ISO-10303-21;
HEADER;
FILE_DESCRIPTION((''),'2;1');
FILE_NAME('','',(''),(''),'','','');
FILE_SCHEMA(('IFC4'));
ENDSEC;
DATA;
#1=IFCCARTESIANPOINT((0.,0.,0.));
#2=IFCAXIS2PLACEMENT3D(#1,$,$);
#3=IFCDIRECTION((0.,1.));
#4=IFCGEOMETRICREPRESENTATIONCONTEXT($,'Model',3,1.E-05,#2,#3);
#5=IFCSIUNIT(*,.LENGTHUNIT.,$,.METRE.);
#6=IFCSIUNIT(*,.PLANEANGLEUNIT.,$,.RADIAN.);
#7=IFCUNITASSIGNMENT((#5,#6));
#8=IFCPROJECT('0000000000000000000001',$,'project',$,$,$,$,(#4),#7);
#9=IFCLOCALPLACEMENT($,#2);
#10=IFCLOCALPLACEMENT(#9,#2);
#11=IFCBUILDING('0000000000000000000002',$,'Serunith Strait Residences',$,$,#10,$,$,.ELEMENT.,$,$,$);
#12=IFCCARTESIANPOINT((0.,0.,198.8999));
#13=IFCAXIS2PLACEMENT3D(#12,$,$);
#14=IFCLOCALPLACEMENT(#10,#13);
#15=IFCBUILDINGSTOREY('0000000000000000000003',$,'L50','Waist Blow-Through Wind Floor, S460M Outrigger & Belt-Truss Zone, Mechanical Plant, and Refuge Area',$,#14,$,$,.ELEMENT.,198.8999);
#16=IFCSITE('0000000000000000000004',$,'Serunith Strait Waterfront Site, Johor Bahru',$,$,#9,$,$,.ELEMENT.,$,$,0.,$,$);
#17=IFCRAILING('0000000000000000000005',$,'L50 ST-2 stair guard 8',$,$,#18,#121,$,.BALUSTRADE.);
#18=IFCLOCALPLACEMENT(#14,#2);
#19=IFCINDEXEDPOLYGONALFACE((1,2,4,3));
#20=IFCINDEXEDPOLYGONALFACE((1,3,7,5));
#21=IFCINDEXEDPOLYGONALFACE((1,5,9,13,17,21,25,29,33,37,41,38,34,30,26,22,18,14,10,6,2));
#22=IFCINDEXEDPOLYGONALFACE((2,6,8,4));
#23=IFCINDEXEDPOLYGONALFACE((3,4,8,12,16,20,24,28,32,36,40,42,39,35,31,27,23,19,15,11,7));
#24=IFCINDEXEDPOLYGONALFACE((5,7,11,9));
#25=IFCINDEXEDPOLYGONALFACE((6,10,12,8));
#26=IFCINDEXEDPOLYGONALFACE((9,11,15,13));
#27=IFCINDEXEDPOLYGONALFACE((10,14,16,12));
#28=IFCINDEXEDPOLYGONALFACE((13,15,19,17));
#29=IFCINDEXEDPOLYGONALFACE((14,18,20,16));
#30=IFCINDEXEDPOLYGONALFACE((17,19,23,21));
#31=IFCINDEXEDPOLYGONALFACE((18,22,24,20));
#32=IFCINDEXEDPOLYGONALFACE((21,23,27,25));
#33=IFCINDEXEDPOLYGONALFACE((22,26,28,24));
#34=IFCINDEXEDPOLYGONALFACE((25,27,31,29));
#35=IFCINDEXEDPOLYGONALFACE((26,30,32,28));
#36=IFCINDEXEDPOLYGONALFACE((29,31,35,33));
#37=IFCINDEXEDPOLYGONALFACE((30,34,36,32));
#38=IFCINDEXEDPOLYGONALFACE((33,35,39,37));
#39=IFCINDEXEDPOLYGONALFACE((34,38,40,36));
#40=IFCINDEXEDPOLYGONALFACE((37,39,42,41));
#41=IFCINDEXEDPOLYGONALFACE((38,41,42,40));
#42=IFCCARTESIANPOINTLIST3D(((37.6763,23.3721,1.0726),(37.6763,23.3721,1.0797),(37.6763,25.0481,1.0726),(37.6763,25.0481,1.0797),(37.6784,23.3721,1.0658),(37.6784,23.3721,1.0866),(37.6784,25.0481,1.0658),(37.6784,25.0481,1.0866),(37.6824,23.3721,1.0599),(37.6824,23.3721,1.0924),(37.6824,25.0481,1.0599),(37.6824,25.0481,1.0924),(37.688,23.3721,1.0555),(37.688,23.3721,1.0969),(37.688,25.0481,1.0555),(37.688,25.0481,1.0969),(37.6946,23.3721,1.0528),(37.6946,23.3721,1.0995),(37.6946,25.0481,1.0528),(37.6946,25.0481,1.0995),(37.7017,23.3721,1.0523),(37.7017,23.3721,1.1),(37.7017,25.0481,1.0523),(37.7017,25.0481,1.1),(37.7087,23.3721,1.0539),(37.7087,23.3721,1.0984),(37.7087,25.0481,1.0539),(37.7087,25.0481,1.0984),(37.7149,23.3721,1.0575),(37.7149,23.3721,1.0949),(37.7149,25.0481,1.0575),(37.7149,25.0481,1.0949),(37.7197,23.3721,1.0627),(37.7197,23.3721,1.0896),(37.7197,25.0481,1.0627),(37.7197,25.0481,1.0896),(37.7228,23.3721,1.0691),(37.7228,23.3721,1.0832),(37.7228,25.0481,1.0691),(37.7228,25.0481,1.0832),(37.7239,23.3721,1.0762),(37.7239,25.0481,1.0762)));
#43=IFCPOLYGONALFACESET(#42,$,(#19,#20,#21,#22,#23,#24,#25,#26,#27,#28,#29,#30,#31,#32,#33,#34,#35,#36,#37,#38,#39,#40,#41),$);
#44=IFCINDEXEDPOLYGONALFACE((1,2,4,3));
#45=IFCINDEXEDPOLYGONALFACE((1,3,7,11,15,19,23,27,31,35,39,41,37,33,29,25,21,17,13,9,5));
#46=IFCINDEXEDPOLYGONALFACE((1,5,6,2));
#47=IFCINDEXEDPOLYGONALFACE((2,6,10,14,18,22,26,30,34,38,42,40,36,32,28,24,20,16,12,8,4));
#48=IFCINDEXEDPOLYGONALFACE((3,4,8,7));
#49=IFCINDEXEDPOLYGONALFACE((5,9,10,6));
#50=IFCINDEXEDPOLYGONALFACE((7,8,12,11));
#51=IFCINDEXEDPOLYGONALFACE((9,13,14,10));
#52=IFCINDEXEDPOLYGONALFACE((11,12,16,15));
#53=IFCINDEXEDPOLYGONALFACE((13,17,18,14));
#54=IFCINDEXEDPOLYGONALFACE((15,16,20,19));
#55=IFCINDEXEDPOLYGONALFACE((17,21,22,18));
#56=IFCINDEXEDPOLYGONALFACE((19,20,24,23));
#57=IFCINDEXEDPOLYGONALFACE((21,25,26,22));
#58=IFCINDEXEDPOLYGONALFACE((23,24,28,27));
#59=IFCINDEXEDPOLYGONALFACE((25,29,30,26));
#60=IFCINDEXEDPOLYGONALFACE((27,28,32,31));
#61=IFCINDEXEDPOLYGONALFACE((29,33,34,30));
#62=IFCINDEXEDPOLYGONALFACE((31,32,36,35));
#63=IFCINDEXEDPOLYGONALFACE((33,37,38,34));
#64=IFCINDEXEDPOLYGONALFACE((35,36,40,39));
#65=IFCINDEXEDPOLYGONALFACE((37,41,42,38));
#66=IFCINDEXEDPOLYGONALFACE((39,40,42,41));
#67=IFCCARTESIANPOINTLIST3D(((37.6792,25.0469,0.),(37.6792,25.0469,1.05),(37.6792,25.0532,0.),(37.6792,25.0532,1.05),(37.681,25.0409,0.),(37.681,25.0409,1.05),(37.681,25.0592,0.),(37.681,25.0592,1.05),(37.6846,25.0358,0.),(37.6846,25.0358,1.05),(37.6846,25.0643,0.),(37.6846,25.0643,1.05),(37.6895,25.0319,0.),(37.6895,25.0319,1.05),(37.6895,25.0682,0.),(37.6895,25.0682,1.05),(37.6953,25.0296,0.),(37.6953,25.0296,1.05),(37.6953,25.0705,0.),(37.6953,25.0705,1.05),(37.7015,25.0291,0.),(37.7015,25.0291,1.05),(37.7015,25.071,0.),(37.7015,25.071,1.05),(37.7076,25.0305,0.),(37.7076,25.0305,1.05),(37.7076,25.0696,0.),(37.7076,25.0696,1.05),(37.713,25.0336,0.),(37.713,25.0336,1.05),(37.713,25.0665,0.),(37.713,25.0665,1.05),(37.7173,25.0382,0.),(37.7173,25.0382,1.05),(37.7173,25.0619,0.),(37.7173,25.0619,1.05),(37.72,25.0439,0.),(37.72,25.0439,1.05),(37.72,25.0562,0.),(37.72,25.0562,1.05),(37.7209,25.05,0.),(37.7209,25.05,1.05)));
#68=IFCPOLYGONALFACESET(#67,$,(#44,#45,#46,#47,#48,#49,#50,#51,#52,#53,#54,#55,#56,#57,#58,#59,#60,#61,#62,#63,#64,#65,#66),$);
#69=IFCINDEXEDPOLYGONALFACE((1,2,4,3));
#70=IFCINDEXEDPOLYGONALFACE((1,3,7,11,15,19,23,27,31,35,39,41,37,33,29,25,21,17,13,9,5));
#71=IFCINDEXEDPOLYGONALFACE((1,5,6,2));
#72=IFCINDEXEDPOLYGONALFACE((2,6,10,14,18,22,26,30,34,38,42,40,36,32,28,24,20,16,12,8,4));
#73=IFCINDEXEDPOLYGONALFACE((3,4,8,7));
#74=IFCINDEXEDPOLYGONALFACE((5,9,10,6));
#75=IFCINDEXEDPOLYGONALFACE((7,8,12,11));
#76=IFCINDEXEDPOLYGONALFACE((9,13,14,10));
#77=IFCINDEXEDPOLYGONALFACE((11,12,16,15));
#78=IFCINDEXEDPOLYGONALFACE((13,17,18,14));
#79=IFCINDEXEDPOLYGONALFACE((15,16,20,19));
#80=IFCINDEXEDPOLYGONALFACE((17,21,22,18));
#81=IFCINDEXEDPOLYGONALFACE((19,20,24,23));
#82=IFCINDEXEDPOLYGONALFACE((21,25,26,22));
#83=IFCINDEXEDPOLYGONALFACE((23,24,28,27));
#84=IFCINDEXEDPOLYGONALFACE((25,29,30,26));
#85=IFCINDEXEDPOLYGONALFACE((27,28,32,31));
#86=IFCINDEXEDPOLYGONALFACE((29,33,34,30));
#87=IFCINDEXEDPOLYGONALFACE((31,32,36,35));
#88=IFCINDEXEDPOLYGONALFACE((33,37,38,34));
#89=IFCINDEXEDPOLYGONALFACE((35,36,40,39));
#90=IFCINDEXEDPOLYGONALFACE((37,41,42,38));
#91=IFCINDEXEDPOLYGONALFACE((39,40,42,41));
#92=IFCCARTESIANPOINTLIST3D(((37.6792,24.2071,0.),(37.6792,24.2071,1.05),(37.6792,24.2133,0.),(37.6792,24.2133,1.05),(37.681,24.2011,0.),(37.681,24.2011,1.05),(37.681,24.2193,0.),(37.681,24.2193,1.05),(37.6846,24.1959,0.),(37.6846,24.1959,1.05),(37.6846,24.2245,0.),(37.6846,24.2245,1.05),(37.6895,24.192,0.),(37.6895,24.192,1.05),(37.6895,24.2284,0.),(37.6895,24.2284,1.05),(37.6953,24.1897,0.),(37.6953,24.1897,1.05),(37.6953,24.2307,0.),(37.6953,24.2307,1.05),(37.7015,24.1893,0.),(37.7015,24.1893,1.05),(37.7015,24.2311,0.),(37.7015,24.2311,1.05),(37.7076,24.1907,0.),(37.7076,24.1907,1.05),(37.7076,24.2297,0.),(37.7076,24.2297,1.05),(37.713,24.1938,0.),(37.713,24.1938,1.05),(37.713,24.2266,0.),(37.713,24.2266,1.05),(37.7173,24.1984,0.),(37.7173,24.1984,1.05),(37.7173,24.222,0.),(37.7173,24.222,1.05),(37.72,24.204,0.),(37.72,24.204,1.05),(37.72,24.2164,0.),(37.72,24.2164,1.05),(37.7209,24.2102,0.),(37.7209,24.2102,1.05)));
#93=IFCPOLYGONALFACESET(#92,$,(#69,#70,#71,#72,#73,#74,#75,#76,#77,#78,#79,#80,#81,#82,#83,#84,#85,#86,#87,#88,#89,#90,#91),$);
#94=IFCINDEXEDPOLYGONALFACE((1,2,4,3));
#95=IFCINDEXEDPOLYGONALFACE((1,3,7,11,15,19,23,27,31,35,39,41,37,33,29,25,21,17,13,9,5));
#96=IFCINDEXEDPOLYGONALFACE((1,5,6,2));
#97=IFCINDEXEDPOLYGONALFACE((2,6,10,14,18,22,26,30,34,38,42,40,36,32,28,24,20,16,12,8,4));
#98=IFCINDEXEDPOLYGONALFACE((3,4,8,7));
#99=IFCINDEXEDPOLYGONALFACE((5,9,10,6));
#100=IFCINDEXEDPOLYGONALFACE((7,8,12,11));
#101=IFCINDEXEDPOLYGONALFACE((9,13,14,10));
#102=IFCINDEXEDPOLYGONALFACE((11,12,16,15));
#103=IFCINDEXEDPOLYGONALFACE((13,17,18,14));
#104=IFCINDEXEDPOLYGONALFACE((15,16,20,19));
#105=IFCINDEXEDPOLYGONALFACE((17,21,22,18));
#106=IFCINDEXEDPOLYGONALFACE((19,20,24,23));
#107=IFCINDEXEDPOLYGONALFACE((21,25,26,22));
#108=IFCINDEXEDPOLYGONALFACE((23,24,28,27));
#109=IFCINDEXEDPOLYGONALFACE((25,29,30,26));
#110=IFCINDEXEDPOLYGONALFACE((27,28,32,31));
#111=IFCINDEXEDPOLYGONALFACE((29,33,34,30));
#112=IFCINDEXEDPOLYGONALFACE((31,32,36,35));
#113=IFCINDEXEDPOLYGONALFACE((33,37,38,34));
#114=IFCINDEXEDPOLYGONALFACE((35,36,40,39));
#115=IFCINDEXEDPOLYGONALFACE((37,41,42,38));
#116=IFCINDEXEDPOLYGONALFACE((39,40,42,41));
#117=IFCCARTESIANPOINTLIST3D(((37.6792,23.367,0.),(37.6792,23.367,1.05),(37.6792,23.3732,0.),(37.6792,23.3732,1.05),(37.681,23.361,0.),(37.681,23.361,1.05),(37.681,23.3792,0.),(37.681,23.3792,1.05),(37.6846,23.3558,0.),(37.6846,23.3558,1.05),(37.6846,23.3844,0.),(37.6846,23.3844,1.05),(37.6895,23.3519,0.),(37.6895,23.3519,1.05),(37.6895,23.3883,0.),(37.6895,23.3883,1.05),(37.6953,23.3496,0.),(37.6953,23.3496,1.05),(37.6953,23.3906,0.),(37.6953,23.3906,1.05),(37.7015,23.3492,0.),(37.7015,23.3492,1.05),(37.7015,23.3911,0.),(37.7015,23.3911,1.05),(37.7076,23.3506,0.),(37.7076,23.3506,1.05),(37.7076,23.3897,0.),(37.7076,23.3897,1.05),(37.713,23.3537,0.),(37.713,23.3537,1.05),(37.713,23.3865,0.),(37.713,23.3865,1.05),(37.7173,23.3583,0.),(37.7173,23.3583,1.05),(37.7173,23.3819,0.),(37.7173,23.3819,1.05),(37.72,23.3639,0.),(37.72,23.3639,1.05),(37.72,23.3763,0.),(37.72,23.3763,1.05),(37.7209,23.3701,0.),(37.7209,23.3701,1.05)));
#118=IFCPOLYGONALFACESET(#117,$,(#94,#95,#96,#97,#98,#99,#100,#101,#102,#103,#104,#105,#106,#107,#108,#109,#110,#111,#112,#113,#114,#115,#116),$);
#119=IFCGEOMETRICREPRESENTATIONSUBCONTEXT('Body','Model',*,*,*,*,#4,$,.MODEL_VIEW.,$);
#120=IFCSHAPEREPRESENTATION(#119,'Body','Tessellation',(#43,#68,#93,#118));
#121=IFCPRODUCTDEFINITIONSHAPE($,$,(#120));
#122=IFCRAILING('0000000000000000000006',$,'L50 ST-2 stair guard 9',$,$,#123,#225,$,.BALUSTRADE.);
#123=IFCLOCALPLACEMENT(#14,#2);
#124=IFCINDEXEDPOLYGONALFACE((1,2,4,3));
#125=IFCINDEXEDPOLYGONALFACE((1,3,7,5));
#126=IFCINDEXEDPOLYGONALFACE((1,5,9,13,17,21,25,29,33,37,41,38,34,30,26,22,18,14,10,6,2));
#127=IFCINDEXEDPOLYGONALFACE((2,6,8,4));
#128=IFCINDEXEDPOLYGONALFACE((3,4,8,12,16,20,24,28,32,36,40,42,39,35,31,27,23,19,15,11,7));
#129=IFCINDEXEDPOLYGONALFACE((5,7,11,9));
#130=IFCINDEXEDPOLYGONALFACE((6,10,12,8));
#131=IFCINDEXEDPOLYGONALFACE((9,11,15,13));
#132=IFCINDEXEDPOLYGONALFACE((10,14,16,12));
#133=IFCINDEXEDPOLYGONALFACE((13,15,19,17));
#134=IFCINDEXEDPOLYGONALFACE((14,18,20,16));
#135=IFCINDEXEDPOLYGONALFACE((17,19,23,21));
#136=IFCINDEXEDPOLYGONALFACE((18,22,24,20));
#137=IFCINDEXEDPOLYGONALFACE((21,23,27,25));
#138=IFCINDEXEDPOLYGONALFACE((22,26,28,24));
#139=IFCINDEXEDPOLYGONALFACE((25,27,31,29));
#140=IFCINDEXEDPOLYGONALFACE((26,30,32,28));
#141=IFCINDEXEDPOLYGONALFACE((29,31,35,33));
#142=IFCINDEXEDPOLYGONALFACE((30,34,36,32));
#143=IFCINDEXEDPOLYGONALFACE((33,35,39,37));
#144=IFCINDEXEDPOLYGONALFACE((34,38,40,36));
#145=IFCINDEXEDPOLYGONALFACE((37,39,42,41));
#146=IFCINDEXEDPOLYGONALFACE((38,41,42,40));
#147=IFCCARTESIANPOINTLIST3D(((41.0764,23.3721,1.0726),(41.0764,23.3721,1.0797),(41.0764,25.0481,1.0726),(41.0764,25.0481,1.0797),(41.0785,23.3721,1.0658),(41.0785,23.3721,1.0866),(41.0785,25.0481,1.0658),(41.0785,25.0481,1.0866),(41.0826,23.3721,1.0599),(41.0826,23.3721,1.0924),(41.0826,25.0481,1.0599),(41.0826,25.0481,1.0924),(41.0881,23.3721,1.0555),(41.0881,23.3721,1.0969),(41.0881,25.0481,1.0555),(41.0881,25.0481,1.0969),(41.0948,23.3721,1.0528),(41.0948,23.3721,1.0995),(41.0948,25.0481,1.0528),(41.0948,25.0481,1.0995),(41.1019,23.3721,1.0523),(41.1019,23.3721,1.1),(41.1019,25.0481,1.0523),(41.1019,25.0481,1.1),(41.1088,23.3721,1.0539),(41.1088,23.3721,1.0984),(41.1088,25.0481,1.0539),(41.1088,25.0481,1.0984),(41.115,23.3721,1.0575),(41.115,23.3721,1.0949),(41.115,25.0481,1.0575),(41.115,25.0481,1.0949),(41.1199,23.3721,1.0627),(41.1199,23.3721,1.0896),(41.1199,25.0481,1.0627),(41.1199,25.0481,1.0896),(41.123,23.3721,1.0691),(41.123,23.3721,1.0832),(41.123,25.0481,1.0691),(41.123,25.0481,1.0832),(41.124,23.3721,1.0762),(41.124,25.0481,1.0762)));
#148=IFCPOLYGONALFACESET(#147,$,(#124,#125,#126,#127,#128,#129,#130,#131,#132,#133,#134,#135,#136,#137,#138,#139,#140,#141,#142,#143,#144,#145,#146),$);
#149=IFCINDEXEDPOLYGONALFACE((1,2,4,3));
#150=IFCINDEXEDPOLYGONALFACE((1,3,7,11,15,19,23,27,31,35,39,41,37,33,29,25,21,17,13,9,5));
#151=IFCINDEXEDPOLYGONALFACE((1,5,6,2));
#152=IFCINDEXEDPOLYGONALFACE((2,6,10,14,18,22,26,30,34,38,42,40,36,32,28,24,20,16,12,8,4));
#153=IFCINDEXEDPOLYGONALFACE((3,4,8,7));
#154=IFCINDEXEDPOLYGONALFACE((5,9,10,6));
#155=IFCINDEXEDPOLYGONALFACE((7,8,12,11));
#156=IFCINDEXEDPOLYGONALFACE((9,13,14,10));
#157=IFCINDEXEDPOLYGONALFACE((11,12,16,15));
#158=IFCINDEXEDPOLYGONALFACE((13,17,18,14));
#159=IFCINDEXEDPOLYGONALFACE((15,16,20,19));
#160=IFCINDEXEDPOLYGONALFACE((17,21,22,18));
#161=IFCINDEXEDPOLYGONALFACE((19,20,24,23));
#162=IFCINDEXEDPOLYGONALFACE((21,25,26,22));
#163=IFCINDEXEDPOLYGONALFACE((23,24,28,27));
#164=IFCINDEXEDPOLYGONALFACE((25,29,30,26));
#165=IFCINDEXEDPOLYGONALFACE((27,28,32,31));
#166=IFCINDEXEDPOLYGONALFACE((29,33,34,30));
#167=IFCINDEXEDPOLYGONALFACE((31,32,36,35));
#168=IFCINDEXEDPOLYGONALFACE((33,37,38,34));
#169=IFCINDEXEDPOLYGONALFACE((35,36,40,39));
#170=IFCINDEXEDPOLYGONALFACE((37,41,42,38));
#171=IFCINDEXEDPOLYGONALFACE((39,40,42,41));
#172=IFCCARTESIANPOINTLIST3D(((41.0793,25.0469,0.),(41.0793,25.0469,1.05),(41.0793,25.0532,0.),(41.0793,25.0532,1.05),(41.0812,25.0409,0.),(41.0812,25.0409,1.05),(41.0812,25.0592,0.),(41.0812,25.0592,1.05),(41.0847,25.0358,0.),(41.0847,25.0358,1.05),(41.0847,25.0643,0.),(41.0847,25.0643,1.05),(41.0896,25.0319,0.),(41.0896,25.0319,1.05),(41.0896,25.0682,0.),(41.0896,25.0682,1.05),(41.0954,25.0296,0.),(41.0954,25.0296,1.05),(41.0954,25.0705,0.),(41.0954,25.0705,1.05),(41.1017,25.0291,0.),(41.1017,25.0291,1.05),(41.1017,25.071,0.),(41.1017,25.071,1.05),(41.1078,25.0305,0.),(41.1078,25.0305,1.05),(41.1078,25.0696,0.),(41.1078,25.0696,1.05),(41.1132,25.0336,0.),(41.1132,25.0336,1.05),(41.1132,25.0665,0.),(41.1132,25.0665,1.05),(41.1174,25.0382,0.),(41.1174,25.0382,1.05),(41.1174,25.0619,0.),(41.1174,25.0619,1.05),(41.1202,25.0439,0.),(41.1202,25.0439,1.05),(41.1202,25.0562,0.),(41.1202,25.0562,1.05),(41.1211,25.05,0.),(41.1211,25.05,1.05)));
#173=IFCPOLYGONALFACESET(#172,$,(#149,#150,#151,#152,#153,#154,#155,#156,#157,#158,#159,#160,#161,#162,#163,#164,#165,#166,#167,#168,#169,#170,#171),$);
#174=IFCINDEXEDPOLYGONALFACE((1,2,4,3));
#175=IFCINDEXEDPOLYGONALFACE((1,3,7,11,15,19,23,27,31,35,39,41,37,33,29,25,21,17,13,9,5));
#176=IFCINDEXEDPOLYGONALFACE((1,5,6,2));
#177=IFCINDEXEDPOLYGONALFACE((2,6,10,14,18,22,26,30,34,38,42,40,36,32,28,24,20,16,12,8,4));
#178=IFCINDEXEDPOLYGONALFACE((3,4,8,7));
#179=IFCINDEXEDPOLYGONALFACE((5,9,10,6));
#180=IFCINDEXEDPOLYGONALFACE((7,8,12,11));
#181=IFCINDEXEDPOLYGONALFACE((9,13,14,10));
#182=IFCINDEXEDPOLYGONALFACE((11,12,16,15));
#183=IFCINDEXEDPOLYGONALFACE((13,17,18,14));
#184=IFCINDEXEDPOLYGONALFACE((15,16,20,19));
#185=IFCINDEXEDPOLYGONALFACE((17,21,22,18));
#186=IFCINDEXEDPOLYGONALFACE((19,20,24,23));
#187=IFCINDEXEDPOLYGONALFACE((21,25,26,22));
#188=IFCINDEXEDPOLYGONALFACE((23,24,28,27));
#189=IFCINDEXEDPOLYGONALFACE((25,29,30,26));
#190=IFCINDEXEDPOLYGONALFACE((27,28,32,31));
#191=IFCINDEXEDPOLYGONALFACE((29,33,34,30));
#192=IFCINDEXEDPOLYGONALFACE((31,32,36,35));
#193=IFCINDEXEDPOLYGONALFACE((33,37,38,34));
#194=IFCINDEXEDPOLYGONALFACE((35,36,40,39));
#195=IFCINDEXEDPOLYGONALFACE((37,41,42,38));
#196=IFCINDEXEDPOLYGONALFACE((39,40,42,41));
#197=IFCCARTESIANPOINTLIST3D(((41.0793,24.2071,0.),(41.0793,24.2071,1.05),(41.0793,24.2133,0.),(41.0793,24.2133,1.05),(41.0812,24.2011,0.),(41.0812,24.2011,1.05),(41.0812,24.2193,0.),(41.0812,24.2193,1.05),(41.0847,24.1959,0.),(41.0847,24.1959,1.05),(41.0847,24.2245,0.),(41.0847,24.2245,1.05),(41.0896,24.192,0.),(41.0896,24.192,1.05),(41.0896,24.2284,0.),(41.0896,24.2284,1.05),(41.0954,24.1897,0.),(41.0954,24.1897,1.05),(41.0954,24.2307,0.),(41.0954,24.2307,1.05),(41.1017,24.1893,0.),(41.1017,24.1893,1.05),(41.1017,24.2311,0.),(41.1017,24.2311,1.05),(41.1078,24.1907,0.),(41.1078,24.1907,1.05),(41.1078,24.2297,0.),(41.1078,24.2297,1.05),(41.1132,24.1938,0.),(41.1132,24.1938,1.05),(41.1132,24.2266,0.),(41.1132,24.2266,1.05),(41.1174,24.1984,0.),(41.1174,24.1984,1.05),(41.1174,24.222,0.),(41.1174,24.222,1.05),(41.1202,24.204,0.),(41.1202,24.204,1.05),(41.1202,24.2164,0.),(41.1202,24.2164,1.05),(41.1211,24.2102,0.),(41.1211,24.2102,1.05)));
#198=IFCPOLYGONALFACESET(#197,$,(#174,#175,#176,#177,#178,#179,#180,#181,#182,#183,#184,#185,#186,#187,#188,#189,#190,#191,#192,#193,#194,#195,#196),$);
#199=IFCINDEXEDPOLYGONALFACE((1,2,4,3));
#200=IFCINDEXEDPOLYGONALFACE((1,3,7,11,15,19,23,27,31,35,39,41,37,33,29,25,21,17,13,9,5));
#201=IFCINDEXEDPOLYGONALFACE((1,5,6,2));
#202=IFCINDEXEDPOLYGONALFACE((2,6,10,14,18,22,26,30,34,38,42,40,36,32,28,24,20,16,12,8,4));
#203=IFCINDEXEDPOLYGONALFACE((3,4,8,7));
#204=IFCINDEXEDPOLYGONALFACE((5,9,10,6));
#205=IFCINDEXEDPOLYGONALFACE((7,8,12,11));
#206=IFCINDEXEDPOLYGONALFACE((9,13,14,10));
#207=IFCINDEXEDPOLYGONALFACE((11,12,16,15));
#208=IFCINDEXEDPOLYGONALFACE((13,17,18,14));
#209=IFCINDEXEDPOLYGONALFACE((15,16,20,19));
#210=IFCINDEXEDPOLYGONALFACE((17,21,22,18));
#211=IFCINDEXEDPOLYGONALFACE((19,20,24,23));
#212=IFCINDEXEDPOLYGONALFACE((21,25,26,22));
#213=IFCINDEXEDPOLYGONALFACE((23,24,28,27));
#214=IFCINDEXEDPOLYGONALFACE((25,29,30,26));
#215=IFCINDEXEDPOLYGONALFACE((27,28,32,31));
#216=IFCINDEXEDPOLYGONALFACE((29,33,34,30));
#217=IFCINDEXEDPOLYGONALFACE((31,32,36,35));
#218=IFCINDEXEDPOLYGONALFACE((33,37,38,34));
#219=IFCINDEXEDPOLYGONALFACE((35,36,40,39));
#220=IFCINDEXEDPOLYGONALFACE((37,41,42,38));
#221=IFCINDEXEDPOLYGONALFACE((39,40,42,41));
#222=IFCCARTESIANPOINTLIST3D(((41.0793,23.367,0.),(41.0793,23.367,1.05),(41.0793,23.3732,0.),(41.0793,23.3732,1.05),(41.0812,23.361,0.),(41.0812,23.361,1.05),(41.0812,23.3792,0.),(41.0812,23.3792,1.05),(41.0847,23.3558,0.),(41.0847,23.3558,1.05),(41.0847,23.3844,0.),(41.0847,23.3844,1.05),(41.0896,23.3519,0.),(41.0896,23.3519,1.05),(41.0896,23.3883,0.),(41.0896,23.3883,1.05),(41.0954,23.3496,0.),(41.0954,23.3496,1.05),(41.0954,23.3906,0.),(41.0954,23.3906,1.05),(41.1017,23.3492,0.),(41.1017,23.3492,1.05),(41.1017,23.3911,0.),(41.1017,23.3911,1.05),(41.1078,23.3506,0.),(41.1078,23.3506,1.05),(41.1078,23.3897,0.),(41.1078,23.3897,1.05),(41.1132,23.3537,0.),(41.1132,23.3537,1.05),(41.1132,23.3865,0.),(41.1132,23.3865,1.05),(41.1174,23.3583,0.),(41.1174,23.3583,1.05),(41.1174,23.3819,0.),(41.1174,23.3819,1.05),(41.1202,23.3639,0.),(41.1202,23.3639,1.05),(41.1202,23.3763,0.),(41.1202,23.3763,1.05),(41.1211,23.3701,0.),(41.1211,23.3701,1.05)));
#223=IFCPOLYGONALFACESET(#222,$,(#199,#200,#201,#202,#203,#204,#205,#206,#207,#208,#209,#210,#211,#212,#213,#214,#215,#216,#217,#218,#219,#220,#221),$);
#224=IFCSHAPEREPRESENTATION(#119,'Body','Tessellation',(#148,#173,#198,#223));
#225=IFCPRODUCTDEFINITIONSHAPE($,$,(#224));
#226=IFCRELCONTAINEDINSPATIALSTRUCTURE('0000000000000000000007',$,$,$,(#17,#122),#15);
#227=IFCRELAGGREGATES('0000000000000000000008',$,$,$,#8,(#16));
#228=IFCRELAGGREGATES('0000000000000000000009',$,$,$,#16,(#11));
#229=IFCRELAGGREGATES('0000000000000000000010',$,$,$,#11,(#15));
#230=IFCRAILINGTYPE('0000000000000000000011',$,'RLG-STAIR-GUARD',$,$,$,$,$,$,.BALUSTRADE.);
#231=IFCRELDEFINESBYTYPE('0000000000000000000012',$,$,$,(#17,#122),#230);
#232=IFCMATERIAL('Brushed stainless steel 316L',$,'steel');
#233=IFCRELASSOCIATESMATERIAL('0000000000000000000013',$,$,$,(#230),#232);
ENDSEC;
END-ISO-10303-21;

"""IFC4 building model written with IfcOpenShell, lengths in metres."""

from ifc_helpers import new_model, si_unit, direction, frame, origin, origin_2d, place, context, subcontext, project, spatial, circle, extrude, material, type_object, element, save


model = new_model("IFC4")

# Units and contexts
model_context = context("Model", 3, precision=1e-05, world=origin(), true_north=direction((0.0, 1.0)))
body_context = subcontext(model_context, "Body", "Model", "MODEL_VIEW")
ifc_project = project(units=[si_unit("LENGTHUNIT", "METRE"), si_unit("PLANEANGLEUNIT", "RADIAN")], contexts=[model_context])

# Site, building, storey
site_placement = place(None, origin())
site = spatial("IfcSite", under=ifc_project, at=site_placement, Name="Serunith Strait Waterfront Site, Johor Bahru", CompositionType="ELEMENT", RefElevation=0.0)
building_placement = place(site_placement, origin())
building = spatial("IfcBuilding", under=site, at=building_placement, Name="Serunith Strait Residences", CompositionType="ELEMENT")
storey_placement = place(building_placement, frame((0.0, 0.0, 198.8999)))
storey = spatial("IfcBuildingStorey", under=building, at=storey_placement, Name="L50", Description="Waist Blow-Through Wind Floor, S460M Outrigger & Belt-Truss Zone, Mechanical Plant, and Refuge Area", CompositionType="ELEMENT", Elevation=198.8999)

# Railings
ifc_material_1 = material(Name="Brushed stainless steel 316L", Category="steel")
railing_type = type_object("IfcRailingType", Name="RLG-STAIR-GUARD", PredefinedType="BALUSTRADE", material=ifc_material_1)
for number, where, name in (
    (1, (37.7, 25.05, 0.0), "L50 ST-2 stair guard 8"),
    (2, (41.1001, 25.05, 0.0), "L50 ST-2 stair guard 9"),
):
    element("IfcRailing", number, at=place(storey_placement, frame(where)), inside=storey, type_object=railing_type, Name=name, PredefinedType="BALUSTRADE", context=body_context, shape_type="SweptSolid", body=[
        extrude(circle(Radius=0.0239, at=origin_2d()), frame((0.0, -0.002, 1.0762), z_axis=(0.0, -1.0, 0.0), x_axis=(1.0, 0.0, 0.0)), (0.0, 0.0, 1.0), 1.676),
        extrude(circle(Radius=0.021, at=origin_2d()), origin(), (0.0, 0.0, 1.0), 1.05),
        extrude(circle(Radius=0.021, at=origin_2d()), frame((0.0, -0.8398, 0.0)), (0.0, 0.0, 1.0), 1.05),
        extrude(circle(Radius=0.021, at=origin_2d()), frame((0.0, -1.6799, 0.0)), (0.0, 0.0, 1.0), 1.05),
    ])

save(model, "model.ifc")
